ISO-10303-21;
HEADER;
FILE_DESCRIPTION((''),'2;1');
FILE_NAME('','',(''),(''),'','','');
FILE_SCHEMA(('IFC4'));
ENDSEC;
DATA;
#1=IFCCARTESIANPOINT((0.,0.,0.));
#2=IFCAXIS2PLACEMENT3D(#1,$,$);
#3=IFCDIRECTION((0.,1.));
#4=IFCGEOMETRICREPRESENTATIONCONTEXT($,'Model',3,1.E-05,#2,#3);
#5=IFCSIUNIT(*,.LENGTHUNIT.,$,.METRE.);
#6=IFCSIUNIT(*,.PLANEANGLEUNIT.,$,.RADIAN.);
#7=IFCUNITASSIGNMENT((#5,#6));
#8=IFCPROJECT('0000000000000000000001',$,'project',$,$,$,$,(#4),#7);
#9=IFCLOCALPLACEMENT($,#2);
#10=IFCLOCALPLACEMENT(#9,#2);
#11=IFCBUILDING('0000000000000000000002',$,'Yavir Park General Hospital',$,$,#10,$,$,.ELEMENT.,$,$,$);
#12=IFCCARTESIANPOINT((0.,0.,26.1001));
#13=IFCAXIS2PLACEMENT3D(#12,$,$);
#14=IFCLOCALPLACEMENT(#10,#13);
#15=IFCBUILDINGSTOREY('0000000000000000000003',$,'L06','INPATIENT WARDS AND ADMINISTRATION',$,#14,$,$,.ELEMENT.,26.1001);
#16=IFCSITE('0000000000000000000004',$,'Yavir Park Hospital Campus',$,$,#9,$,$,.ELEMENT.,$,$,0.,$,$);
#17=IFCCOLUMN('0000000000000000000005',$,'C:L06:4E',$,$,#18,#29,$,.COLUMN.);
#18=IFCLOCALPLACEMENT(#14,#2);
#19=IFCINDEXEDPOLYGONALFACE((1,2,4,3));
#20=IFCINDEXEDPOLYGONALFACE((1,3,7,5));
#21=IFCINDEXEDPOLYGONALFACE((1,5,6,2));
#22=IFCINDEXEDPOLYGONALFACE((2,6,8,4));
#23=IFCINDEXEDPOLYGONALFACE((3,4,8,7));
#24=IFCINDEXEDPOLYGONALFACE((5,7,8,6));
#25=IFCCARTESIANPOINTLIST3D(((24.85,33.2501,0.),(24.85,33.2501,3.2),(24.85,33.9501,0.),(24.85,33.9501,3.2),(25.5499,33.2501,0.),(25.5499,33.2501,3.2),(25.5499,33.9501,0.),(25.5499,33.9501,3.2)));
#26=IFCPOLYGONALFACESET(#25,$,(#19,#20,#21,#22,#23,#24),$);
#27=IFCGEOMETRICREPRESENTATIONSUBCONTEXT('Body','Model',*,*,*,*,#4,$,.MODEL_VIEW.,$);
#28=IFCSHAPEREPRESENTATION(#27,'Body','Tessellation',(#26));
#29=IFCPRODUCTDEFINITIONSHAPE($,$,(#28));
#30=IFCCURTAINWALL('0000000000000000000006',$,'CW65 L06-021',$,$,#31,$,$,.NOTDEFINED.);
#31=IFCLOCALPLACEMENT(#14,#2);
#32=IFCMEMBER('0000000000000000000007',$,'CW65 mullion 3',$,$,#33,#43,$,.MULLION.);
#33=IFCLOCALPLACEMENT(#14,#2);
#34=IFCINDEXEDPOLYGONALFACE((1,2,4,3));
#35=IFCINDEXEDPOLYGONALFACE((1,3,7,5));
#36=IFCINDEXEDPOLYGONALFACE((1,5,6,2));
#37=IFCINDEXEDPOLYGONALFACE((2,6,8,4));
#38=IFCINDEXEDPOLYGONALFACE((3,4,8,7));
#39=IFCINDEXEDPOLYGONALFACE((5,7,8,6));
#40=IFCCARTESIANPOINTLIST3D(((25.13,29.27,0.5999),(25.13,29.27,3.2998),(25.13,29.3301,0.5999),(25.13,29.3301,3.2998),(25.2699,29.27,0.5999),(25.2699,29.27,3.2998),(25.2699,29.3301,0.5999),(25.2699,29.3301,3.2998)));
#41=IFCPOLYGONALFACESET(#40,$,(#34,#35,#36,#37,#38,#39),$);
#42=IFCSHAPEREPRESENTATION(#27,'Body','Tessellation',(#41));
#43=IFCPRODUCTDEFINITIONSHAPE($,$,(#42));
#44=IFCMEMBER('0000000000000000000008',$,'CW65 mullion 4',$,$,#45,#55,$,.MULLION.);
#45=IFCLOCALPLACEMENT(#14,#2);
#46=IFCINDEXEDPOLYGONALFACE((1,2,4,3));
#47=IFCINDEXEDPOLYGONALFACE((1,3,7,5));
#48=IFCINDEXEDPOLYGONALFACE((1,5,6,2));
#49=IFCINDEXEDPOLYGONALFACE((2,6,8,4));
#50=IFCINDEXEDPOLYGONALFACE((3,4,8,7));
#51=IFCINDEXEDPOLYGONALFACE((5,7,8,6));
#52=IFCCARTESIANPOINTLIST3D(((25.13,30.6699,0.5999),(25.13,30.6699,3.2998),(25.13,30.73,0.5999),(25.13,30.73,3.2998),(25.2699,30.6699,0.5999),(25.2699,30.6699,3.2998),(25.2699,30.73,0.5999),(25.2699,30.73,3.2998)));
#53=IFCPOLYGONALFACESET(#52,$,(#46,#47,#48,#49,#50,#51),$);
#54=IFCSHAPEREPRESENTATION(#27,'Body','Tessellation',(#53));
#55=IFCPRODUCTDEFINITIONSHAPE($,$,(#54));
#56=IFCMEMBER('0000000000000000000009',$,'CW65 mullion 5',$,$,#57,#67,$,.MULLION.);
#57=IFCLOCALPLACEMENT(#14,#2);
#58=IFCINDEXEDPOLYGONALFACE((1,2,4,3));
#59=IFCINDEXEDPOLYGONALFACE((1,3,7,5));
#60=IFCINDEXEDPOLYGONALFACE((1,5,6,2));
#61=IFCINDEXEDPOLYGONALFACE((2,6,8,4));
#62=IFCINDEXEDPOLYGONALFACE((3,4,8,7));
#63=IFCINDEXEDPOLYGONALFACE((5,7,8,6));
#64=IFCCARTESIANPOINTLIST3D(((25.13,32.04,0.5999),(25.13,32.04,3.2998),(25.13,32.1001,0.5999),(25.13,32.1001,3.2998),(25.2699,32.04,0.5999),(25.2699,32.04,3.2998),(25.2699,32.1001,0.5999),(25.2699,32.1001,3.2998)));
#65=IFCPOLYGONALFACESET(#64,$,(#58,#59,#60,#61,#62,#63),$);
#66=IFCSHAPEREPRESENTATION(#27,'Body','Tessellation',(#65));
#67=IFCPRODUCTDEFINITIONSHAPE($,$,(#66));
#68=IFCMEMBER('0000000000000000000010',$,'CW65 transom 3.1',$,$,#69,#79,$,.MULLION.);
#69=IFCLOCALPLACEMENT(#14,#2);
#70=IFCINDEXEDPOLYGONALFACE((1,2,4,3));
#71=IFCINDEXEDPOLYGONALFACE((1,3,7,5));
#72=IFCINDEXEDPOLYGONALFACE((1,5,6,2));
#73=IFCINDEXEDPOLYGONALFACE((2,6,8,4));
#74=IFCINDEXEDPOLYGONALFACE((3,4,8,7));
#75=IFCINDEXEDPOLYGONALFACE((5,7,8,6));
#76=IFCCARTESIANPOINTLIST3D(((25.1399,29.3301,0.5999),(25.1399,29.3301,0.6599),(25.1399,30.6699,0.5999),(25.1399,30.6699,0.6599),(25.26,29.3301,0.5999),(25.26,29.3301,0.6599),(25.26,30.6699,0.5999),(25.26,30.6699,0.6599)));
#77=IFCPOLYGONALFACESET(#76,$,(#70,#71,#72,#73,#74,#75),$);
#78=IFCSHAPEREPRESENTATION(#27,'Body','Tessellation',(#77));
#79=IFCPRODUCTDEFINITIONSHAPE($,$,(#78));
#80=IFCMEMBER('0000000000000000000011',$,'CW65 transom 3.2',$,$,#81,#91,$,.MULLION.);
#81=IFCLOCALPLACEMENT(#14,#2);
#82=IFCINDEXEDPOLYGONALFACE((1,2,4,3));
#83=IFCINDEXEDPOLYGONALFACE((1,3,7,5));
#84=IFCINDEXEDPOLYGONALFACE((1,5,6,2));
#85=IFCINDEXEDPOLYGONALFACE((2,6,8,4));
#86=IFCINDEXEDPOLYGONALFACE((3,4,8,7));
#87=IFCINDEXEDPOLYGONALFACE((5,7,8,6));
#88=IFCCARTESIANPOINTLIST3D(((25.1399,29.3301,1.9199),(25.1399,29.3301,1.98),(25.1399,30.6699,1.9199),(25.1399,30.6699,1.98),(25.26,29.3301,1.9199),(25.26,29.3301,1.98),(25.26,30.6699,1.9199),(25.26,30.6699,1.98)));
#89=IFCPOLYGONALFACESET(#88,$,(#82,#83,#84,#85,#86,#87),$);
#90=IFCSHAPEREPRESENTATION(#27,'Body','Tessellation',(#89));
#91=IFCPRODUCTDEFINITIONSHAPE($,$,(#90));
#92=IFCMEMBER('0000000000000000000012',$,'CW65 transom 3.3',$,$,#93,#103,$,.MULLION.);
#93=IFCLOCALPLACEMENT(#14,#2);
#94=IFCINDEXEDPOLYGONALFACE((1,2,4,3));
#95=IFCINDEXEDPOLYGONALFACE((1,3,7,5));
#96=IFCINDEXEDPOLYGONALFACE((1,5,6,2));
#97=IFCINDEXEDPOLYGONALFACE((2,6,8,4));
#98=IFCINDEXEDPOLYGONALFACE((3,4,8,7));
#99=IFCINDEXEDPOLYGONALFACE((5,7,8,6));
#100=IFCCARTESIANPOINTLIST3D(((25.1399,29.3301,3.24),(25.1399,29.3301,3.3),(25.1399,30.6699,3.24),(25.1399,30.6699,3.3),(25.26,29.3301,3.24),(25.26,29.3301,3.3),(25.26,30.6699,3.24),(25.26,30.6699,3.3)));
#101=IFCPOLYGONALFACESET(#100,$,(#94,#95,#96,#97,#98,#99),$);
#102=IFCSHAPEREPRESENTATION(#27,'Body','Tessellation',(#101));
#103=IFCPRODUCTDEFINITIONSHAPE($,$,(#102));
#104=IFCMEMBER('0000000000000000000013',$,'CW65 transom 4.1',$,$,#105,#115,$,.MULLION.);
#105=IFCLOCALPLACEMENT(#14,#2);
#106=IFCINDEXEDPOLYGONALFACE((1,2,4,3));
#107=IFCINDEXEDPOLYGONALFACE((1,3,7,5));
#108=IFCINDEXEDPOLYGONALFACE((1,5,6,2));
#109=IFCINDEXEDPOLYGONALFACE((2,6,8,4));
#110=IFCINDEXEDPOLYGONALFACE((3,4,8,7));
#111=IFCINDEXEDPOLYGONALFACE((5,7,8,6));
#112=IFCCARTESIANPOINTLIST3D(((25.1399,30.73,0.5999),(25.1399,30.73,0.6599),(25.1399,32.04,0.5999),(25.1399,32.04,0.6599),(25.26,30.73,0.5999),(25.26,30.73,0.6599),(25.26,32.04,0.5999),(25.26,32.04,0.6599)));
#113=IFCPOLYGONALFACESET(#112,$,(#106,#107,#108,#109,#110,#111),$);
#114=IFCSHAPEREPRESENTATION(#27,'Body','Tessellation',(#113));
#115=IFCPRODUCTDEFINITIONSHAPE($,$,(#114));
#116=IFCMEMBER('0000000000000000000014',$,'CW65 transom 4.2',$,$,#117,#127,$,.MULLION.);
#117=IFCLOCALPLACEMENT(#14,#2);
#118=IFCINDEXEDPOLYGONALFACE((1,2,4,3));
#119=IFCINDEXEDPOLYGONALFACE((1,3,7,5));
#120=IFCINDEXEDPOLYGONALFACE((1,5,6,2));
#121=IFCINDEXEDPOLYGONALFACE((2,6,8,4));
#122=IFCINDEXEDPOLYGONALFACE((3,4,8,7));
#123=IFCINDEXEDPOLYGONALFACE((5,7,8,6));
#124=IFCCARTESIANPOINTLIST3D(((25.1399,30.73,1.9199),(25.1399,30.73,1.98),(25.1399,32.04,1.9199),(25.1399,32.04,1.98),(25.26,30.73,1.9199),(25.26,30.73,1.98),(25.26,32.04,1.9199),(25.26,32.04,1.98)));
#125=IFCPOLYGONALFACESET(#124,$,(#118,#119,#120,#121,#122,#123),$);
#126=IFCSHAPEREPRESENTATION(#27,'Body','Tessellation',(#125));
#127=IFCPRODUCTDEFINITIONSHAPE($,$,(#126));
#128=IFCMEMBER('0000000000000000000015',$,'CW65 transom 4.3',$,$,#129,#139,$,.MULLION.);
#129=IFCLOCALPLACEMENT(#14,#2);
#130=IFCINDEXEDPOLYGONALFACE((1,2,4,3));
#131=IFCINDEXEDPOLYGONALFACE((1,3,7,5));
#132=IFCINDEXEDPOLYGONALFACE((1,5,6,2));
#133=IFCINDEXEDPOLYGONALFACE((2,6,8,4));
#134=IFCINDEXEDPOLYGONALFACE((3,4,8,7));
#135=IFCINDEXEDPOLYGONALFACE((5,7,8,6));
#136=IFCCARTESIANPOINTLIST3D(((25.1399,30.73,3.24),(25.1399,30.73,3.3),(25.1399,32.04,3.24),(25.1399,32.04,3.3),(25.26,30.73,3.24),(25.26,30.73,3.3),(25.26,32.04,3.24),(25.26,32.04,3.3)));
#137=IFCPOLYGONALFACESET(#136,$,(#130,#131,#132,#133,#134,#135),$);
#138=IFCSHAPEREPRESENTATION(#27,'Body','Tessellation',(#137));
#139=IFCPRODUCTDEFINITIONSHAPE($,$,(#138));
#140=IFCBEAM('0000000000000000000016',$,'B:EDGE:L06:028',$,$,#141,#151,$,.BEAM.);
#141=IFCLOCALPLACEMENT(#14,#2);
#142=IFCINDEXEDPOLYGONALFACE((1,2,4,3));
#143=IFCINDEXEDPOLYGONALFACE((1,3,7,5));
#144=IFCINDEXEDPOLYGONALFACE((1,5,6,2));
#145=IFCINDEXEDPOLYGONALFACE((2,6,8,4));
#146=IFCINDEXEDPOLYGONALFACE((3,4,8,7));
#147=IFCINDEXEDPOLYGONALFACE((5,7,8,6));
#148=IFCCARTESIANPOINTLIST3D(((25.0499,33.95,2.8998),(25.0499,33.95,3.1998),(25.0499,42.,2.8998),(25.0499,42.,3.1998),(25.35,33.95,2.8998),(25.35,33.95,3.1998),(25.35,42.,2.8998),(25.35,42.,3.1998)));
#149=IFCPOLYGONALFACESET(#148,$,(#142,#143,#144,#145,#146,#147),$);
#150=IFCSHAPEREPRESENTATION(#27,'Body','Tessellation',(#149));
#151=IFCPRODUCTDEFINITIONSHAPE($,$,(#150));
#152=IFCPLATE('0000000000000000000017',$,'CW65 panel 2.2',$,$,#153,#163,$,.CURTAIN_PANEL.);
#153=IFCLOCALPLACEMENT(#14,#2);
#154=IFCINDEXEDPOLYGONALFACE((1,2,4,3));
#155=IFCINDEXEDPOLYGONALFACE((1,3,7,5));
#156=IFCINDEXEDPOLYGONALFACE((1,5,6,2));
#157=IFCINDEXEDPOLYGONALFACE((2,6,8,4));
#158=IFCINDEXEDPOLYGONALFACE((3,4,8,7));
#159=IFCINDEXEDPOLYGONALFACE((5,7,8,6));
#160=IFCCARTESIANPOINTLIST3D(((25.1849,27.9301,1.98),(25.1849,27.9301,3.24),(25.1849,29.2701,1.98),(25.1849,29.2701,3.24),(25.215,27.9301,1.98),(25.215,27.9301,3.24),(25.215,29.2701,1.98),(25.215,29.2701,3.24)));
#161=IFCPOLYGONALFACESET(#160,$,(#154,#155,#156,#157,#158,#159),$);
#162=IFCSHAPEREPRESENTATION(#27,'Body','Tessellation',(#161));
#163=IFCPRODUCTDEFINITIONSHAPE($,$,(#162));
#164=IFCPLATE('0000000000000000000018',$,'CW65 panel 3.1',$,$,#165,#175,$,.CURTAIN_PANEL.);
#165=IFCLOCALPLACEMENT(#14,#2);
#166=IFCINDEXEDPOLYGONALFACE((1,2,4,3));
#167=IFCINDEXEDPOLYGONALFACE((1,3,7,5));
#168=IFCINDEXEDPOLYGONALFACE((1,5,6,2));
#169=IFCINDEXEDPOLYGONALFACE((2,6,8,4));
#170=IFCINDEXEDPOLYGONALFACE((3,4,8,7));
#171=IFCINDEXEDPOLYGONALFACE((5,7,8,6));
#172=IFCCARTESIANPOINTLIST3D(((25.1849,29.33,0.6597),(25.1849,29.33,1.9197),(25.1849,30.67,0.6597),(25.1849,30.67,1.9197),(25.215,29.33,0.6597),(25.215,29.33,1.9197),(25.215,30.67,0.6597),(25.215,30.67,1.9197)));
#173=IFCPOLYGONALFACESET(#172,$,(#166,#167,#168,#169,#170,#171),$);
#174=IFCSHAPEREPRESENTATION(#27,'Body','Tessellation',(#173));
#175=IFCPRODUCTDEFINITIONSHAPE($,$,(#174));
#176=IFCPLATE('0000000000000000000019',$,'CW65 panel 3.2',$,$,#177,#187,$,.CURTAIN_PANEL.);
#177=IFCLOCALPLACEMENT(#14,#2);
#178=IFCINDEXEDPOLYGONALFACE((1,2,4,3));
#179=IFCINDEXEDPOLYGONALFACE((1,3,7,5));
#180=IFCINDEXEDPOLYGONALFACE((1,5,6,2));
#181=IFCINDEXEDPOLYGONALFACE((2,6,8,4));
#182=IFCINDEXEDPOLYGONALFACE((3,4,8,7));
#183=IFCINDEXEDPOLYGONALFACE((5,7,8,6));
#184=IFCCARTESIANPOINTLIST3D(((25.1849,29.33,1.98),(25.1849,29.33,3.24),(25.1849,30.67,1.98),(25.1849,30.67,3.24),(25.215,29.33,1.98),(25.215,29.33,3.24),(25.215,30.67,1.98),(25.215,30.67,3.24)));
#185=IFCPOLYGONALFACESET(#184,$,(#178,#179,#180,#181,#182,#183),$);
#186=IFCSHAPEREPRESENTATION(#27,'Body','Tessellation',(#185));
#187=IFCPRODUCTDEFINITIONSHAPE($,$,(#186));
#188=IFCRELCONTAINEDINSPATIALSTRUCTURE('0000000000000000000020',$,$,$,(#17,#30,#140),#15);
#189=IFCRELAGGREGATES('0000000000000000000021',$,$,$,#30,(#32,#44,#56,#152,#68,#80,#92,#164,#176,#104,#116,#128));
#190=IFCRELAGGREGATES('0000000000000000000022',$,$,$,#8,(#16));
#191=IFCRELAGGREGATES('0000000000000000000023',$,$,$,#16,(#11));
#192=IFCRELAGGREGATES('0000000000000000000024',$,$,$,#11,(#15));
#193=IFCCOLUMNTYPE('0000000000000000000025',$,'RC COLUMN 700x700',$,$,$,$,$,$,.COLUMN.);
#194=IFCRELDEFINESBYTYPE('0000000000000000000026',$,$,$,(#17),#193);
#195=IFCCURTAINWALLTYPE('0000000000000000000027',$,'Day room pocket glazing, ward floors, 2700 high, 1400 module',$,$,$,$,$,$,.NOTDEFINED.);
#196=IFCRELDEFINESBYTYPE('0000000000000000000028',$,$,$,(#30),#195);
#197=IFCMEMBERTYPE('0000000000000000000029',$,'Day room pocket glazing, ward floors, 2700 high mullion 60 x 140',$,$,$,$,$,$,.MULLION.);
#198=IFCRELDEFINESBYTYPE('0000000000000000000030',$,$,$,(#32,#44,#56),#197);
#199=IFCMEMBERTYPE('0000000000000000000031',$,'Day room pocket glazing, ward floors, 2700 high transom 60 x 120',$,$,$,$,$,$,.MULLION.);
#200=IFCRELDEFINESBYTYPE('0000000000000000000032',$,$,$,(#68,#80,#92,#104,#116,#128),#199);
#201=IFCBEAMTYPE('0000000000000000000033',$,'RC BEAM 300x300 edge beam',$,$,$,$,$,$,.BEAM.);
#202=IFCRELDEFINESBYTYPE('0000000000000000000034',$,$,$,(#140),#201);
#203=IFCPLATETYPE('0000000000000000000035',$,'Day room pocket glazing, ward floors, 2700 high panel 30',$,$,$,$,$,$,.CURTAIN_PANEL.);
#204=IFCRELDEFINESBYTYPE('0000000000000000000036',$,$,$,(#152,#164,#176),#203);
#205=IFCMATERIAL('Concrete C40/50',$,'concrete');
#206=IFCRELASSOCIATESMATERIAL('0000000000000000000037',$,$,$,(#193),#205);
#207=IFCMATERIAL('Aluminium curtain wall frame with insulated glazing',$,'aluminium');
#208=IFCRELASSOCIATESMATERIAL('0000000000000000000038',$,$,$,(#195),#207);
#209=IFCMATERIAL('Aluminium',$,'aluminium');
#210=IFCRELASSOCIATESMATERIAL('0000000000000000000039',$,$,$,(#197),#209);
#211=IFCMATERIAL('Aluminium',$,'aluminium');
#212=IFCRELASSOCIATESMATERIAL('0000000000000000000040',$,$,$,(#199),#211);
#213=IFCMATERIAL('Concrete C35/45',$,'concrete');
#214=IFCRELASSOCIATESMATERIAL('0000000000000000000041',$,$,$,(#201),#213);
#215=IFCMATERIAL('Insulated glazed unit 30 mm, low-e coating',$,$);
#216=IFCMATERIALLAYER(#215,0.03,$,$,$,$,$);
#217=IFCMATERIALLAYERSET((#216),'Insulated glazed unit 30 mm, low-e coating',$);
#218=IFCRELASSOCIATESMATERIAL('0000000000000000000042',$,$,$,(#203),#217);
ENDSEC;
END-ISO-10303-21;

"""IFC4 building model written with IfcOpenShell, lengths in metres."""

from ifc_helpers import new_model, si_unit, direction, frame, origin, origin_2d, place, context, subcontext, project, spatial, rectangle, extrude, material, layer, layer_set, material_profile, profile_set, type_object, element, aggregate, save


model = new_model("IFC4")

# Units and contexts
model_context = context("Model", 3, precision=1e-05, world=origin(), true_north=direction((0.0, 1.0)))
body_context = subcontext(model_context, "Body", "Model", "MODEL_VIEW")
ifc_project = project(units=[si_unit("LENGTHUNIT", "METRE"), si_unit("PLANEANGLEUNIT", "RADIAN")], contexts=[model_context])

# Site, building, storey
site_placement = place(None, origin())
site = spatial("IfcSite", under=ifc_project, at=site_placement, Name="Yavir Park Hospital Campus", CompositionType="ELEMENT", RefElevation=0.0)
building_placement = place(site_placement, origin())
building = spatial("IfcBuilding", under=site, at=building_placement, Name="Yavir Park General Hospital", CompositionType="ELEMENT")
storey_placement = place(building_placement, frame((0.0, 0.0, 26.1001)))
storey = spatial("IfcBuildingStorey", under=building, at=storey_placement, Name="L06", Description="INPATIENT WARDS AND ADMINISTRATION", CompositionType="ELEMENT", Elevation=26.1001)

# Column
ifc_material_1 = material(Name="Concrete C40/50", Category="concrete")
ifc_material_profile_1 = material_profile(ifc_material_1, rectangle(XDim=0.7, YDim=0.7, at=origin_2d()), Name="RC700x700")
ifc_profile_set_1 = profile_set([ifc_material_profile_1], Name="Concrete C40/50")
column_type = type_object("IfcColumnType", Name="RC COLUMN 700x700", PredefinedType="COLUMN", material=ifc_profile_set_1)
column_placement = place(storey_placement, frame((25.2, 33.6001, 0.0), z_axis=(0.0, 0.0, 1.0), x_axis=(1.0, 0.0, 0.0)))
element("IfcColumn", 1, at=column_placement, inside=storey, type_object=column_type, Name="C:L06:4E", PredefinedType="COLUMN", context=body_context, shape_type="SweptSolid", body=[
    extrude(rectangle(XDim=0.7, YDim=0.7, at=origin_2d()), origin(), (0.0, 0.0, 1.0), 3.2),
])

# Curtain wall, members
ifc_material_2 = material(Name="Aluminium curtain wall frame with insulated glazing", Category="aluminium")
curtain_wall_type = type_object("IfcCurtainWallType", Name="Day room pocket glazing, ward floors, 2700 high, 1400 module", PredefinedType="NOTDEFINED", material=ifc_material_2)
curtain_wall_placement = place(storey_placement, origin())
curtain_wall = element("IfcCurtainWall", 2, at=curtain_wall_placement, inside=storey, type_object=curtain_wall_type, Name="CW65 L06-021", PredefinedType="NOTDEFINED")
ifc_material_3 = material(Name="Aluminium", Category="aluminium")
ifc_material_profile_2 = material_profile(ifc_material_3, rectangle(XDim=0.1399, YDim=0.0601, at=origin_2d()), Name="AL 60x140")
ifc_profile_set_2 = profile_set([ifc_material_profile_2], Name="Aluminium")
member_type_1 = type_object("IfcMemberType", Name="Day room pocket glazing, ward floors, 2700 high mullion 60 x 140", PredefinedType="MULLION", material=ifc_profile_set_2)
member_1_placement = place(storey_placement, frame((25.2, 29.3, 0.5999), z_axis=(0.0, 0.0, 1.0), x_axis=(-1.0, 0.0, 0.0)))
member_1 = element("IfcMember", 3, at=member_1_placement, type_object=member_type_1, Name="CW65 mullion 3", PredefinedType="MULLION", context=body_context, shape_type="SweptSolid", body=[
    extrude(rectangle(XDim=0.1399, YDim=0.0601, at=origin_2d()), origin(), (0.0, 0.0, 1.0), 2.7),
])
member_2_placement = place(storey_placement, frame((25.2, 30.7, 0.5999), z_axis=(0.0, 0.0, 1.0), x_axis=(-1.0, 0.0, 0.0)))
member_2 = element("IfcMember", 4, at=member_2_placement, type_object=member_type_1, Name="CW65 mullion 4", PredefinedType="MULLION", context=body_context, shape_type="SweptSolid", body=[
    extrude(rectangle(XDim=0.1399, YDim=0.0601, at=origin_2d()), origin(), (0.0, 0.0, 1.0), 2.7),
])
member_3_placement = place(storey_placement, frame((25.2, 32.0701, 0.5999), z_axis=(0.0, 0.0, 1.0), x_axis=(-1.0, 0.0, 0.0)))
member_3 = element("IfcMember", 5, at=member_3_placement, type_object=member_type_1, Name="CW65 mullion 5", PredefinedType="MULLION", context=body_context, shape_type="SweptSolid", body=[
    extrude(rectangle(XDim=0.1399, YDim=0.0601, at=origin_2d()), origin(), (0.0, 0.0, 1.0), 2.7),
])
ifc_material_4 = material(Name="Aluminium", Category="aluminium")
ifc_material_profile_3 = material_profile(ifc_material_4, rectangle(XDim=0.1201, YDim=0.0601, at=origin_2d()), Name="AL 120x60")
ifc_profile_set_3 = profile_set([ifc_material_profile_3], Name="Aluminium")
member_type_2 = type_object("IfcMemberType", Name="Day room pocket glazing, ward floors, 2700 high transom 60 x 120", PredefinedType="MULLION", material=ifc_profile_set_3)
member_4_placement = place(storey_placement, frame((25.2, 29.3301, 0.6299), z_axis=(0.0, 1.0, 0.0), x_axis=(-1.0, 0.0, 0.0)))
member_4 = element("IfcMember", 6, at=member_4_placement, type_object=member_type_2, Name="CW65 transom 3.1", PredefinedType="MULLION", context=body_context, shape_type="SweptSolid", body=[
    extrude(rectangle(XDim=0.1201, YDim=0.0601, at=origin_2d()), origin(), (0.0, 0.0, 1.0), 1.3398),
])
member_5_placement = place(storey_placement, frame((25.2, 29.3301, 1.95), z_axis=(0.0, 1.0, 0.0), x_axis=(-1.0, 0.0, 0.0)))
member_5 = element("IfcMember", 7, at=member_5_placement, type_object=member_type_2, Name="CW65 transom 3.2", PredefinedType="MULLION", context=body_context, shape_type="SweptSolid", body=[
    extrude(rectangle(XDim=0.1201, YDim=0.0601, at=origin_2d()), origin(), (0.0, 0.0, 1.0), 1.3398),
])
member_6_placement = place(storey_placement, frame((25.2, 29.3301, 3.27), z_axis=(0.0, 1.0, 0.0), x_axis=(-1.0, 0.0, 0.0)))
member_6 = element("IfcMember", 8, at=member_6_placement, type_object=member_type_2, Name="CW65 transom 3.3", PredefinedType="MULLION", context=body_context, shape_type="SweptSolid", body=[
    extrude(rectangle(XDim=0.1201, YDim=0.0601, at=origin_2d()), origin(), (0.0, 0.0, 1.0), 1.3398),
])
member_7_placement = place(storey_placement, frame((25.2, 30.73, 0.6299), z_axis=(0.0, 1.0, 0.0), x_axis=(-1.0, 0.0, 0.0)))
member_7 = element("IfcMember", 9, at=member_7_placement, type_object=member_type_2, Name="CW65 transom 4.1", PredefinedType="MULLION", context=body_context, shape_type="SweptSolid", body=[
    extrude(rectangle(XDim=0.1201, YDim=0.0601, at=origin_2d()), origin(), (0.0, 0.0, 1.0), 1.3101),
])
member_8_placement = place(storey_placement, frame((25.2, 30.73, 1.95), z_axis=(0.0, 1.0, 0.0), x_axis=(-1.0, 0.0, 0.0)))
member_8 = element("IfcMember", 10, at=member_8_placement, type_object=member_type_2, Name="CW65 transom 4.2", PredefinedType="MULLION", context=body_context, shape_type="SweptSolid", body=[
    extrude(rectangle(XDim=0.1201, YDim=0.0601, at=origin_2d()), origin(), (0.0, 0.0, 1.0), 1.3101),
])
member_9_placement = place(storey_placement, frame((25.2, 30.73, 3.27), z_axis=(0.0, 1.0, 0.0), x_axis=(-1.0, 0.0, 0.0)))
member_9 = element("IfcMember", 11, at=member_9_placement, type_object=member_type_2, Name="CW65 transom 4.3", PredefinedType="MULLION", context=body_context, shape_type="SweptSolid", body=[
    extrude(rectangle(XDim=0.1201, YDim=0.0601, at=origin_2d()), origin(), (0.0, 0.0, 1.0), 1.3101),
])

# Beam
ifc_material_5 = material(Name="Concrete C35/45", Category="concrete")
ifc_material_profile_4 = material_profile(ifc_material_5, rectangle(XDim=0.3, YDim=0.3, at=origin_2d()), Name="RC300x300")
ifc_profile_set_4 = profile_set([ifc_material_profile_4], Name="Concrete C35/45")
beam_type = type_object("IfcBeamType", Name="RC BEAM 300x300 edge beam", PredefinedType="BEAM", material=ifc_profile_set_4)
beam_placement = place(storey_placement, frame((25.2, 33.95, 3.0498), z_axis=(0.0, 1.0, 0.0), x_axis=(-1.0, 0.0, 0.0)))
element("IfcBeam", 12, at=beam_placement, inside=storey, type_object=beam_type, Name="B:EDGE:L06:028", PredefinedType="BEAM", context=body_context, shape_type="SweptSolid", body=[
    extrude(rectangle(XDim=0.3, YDim=0.3, at=origin_2d()), origin(), (0.0, 0.0, 1.0), 8.05),
])

# Plates
ifc_material_6 = material(Name="Insulated glazed unit 30 mm, low-e coating")
ifc_layer_1 = layer(ifc_material_6, 0.03)
ifc_layer_set_1 = layer_set([ifc_layer_1], Name="Insulated glazed unit 30 mm, low-e coating")
plate_type = type_object("IfcPlateType", Name="Day room pocket glazing, ward floors, 2700 high panel 30", PredefinedType="CURTAIN_PANEL", material=ifc_layer_set_1)
plate_1_placement = place(storey_placement, frame((25.2, 28.6001, 1.98), z_axis=(0.0, 0.0, 1.0), x_axis=(0.0, 1.0, 0.0)))
plate_1 = element("IfcPlate", 13, at=plate_1_placement, type_object=plate_type, Name="CW65 panel 2.2", PredefinedType="CURTAIN_PANEL", context=body_context, shape_type="SweptSolid", body=[
    extrude(rectangle(XDim=1.3401, YDim=0.03, at=origin_2d()), origin(), (0.0, 0.0, 1.0), 1.26),
])
plate_2_placement = place(storey_placement, frame((25.2, 30.0, 0.6597), z_axis=(0.0, 0.0, 1.0), x_axis=(0.0, 1.0, 0.0)))
plate_2 = element("IfcPlate", 14, at=plate_2_placement, type_object=plate_type, Name="CW65 panel 3.1", PredefinedType="CURTAIN_PANEL", context=body_context, shape_type="SweptSolid", body=[
    extrude(rectangle(XDim=1.3401, YDim=0.03, at=origin_2d()), origin(), (0.0, 0.0, 1.0), 1.26),
])
plate_3_placement = place(storey_placement, frame((25.2, 30.0, 1.98), z_axis=(0.0, 0.0, 1.0), x_axis=(0.0, 1.0, 0.0)))
plate_3 = element("IfcPlate", 15, at=plate_3_placement, type_object=plate_type, Name="CW65 panel 3.2", PredefinedType="CURTAIN_PANEL", context=body_context, shape_type="SweptSolid", body=[
    extrude(rectangle(XDim=1.3401, YDim=0.03, at=origin_2d()), origin(), (0.0, 0.0, 1.0), 1.26),
])
aggregate(curtain_wall, [member_1, member_2, member_3, plate_1, member_4, member_5, member_6, plate_2, plate_3, member_7, member_8, member_9])

save(model, "model.ifc")
